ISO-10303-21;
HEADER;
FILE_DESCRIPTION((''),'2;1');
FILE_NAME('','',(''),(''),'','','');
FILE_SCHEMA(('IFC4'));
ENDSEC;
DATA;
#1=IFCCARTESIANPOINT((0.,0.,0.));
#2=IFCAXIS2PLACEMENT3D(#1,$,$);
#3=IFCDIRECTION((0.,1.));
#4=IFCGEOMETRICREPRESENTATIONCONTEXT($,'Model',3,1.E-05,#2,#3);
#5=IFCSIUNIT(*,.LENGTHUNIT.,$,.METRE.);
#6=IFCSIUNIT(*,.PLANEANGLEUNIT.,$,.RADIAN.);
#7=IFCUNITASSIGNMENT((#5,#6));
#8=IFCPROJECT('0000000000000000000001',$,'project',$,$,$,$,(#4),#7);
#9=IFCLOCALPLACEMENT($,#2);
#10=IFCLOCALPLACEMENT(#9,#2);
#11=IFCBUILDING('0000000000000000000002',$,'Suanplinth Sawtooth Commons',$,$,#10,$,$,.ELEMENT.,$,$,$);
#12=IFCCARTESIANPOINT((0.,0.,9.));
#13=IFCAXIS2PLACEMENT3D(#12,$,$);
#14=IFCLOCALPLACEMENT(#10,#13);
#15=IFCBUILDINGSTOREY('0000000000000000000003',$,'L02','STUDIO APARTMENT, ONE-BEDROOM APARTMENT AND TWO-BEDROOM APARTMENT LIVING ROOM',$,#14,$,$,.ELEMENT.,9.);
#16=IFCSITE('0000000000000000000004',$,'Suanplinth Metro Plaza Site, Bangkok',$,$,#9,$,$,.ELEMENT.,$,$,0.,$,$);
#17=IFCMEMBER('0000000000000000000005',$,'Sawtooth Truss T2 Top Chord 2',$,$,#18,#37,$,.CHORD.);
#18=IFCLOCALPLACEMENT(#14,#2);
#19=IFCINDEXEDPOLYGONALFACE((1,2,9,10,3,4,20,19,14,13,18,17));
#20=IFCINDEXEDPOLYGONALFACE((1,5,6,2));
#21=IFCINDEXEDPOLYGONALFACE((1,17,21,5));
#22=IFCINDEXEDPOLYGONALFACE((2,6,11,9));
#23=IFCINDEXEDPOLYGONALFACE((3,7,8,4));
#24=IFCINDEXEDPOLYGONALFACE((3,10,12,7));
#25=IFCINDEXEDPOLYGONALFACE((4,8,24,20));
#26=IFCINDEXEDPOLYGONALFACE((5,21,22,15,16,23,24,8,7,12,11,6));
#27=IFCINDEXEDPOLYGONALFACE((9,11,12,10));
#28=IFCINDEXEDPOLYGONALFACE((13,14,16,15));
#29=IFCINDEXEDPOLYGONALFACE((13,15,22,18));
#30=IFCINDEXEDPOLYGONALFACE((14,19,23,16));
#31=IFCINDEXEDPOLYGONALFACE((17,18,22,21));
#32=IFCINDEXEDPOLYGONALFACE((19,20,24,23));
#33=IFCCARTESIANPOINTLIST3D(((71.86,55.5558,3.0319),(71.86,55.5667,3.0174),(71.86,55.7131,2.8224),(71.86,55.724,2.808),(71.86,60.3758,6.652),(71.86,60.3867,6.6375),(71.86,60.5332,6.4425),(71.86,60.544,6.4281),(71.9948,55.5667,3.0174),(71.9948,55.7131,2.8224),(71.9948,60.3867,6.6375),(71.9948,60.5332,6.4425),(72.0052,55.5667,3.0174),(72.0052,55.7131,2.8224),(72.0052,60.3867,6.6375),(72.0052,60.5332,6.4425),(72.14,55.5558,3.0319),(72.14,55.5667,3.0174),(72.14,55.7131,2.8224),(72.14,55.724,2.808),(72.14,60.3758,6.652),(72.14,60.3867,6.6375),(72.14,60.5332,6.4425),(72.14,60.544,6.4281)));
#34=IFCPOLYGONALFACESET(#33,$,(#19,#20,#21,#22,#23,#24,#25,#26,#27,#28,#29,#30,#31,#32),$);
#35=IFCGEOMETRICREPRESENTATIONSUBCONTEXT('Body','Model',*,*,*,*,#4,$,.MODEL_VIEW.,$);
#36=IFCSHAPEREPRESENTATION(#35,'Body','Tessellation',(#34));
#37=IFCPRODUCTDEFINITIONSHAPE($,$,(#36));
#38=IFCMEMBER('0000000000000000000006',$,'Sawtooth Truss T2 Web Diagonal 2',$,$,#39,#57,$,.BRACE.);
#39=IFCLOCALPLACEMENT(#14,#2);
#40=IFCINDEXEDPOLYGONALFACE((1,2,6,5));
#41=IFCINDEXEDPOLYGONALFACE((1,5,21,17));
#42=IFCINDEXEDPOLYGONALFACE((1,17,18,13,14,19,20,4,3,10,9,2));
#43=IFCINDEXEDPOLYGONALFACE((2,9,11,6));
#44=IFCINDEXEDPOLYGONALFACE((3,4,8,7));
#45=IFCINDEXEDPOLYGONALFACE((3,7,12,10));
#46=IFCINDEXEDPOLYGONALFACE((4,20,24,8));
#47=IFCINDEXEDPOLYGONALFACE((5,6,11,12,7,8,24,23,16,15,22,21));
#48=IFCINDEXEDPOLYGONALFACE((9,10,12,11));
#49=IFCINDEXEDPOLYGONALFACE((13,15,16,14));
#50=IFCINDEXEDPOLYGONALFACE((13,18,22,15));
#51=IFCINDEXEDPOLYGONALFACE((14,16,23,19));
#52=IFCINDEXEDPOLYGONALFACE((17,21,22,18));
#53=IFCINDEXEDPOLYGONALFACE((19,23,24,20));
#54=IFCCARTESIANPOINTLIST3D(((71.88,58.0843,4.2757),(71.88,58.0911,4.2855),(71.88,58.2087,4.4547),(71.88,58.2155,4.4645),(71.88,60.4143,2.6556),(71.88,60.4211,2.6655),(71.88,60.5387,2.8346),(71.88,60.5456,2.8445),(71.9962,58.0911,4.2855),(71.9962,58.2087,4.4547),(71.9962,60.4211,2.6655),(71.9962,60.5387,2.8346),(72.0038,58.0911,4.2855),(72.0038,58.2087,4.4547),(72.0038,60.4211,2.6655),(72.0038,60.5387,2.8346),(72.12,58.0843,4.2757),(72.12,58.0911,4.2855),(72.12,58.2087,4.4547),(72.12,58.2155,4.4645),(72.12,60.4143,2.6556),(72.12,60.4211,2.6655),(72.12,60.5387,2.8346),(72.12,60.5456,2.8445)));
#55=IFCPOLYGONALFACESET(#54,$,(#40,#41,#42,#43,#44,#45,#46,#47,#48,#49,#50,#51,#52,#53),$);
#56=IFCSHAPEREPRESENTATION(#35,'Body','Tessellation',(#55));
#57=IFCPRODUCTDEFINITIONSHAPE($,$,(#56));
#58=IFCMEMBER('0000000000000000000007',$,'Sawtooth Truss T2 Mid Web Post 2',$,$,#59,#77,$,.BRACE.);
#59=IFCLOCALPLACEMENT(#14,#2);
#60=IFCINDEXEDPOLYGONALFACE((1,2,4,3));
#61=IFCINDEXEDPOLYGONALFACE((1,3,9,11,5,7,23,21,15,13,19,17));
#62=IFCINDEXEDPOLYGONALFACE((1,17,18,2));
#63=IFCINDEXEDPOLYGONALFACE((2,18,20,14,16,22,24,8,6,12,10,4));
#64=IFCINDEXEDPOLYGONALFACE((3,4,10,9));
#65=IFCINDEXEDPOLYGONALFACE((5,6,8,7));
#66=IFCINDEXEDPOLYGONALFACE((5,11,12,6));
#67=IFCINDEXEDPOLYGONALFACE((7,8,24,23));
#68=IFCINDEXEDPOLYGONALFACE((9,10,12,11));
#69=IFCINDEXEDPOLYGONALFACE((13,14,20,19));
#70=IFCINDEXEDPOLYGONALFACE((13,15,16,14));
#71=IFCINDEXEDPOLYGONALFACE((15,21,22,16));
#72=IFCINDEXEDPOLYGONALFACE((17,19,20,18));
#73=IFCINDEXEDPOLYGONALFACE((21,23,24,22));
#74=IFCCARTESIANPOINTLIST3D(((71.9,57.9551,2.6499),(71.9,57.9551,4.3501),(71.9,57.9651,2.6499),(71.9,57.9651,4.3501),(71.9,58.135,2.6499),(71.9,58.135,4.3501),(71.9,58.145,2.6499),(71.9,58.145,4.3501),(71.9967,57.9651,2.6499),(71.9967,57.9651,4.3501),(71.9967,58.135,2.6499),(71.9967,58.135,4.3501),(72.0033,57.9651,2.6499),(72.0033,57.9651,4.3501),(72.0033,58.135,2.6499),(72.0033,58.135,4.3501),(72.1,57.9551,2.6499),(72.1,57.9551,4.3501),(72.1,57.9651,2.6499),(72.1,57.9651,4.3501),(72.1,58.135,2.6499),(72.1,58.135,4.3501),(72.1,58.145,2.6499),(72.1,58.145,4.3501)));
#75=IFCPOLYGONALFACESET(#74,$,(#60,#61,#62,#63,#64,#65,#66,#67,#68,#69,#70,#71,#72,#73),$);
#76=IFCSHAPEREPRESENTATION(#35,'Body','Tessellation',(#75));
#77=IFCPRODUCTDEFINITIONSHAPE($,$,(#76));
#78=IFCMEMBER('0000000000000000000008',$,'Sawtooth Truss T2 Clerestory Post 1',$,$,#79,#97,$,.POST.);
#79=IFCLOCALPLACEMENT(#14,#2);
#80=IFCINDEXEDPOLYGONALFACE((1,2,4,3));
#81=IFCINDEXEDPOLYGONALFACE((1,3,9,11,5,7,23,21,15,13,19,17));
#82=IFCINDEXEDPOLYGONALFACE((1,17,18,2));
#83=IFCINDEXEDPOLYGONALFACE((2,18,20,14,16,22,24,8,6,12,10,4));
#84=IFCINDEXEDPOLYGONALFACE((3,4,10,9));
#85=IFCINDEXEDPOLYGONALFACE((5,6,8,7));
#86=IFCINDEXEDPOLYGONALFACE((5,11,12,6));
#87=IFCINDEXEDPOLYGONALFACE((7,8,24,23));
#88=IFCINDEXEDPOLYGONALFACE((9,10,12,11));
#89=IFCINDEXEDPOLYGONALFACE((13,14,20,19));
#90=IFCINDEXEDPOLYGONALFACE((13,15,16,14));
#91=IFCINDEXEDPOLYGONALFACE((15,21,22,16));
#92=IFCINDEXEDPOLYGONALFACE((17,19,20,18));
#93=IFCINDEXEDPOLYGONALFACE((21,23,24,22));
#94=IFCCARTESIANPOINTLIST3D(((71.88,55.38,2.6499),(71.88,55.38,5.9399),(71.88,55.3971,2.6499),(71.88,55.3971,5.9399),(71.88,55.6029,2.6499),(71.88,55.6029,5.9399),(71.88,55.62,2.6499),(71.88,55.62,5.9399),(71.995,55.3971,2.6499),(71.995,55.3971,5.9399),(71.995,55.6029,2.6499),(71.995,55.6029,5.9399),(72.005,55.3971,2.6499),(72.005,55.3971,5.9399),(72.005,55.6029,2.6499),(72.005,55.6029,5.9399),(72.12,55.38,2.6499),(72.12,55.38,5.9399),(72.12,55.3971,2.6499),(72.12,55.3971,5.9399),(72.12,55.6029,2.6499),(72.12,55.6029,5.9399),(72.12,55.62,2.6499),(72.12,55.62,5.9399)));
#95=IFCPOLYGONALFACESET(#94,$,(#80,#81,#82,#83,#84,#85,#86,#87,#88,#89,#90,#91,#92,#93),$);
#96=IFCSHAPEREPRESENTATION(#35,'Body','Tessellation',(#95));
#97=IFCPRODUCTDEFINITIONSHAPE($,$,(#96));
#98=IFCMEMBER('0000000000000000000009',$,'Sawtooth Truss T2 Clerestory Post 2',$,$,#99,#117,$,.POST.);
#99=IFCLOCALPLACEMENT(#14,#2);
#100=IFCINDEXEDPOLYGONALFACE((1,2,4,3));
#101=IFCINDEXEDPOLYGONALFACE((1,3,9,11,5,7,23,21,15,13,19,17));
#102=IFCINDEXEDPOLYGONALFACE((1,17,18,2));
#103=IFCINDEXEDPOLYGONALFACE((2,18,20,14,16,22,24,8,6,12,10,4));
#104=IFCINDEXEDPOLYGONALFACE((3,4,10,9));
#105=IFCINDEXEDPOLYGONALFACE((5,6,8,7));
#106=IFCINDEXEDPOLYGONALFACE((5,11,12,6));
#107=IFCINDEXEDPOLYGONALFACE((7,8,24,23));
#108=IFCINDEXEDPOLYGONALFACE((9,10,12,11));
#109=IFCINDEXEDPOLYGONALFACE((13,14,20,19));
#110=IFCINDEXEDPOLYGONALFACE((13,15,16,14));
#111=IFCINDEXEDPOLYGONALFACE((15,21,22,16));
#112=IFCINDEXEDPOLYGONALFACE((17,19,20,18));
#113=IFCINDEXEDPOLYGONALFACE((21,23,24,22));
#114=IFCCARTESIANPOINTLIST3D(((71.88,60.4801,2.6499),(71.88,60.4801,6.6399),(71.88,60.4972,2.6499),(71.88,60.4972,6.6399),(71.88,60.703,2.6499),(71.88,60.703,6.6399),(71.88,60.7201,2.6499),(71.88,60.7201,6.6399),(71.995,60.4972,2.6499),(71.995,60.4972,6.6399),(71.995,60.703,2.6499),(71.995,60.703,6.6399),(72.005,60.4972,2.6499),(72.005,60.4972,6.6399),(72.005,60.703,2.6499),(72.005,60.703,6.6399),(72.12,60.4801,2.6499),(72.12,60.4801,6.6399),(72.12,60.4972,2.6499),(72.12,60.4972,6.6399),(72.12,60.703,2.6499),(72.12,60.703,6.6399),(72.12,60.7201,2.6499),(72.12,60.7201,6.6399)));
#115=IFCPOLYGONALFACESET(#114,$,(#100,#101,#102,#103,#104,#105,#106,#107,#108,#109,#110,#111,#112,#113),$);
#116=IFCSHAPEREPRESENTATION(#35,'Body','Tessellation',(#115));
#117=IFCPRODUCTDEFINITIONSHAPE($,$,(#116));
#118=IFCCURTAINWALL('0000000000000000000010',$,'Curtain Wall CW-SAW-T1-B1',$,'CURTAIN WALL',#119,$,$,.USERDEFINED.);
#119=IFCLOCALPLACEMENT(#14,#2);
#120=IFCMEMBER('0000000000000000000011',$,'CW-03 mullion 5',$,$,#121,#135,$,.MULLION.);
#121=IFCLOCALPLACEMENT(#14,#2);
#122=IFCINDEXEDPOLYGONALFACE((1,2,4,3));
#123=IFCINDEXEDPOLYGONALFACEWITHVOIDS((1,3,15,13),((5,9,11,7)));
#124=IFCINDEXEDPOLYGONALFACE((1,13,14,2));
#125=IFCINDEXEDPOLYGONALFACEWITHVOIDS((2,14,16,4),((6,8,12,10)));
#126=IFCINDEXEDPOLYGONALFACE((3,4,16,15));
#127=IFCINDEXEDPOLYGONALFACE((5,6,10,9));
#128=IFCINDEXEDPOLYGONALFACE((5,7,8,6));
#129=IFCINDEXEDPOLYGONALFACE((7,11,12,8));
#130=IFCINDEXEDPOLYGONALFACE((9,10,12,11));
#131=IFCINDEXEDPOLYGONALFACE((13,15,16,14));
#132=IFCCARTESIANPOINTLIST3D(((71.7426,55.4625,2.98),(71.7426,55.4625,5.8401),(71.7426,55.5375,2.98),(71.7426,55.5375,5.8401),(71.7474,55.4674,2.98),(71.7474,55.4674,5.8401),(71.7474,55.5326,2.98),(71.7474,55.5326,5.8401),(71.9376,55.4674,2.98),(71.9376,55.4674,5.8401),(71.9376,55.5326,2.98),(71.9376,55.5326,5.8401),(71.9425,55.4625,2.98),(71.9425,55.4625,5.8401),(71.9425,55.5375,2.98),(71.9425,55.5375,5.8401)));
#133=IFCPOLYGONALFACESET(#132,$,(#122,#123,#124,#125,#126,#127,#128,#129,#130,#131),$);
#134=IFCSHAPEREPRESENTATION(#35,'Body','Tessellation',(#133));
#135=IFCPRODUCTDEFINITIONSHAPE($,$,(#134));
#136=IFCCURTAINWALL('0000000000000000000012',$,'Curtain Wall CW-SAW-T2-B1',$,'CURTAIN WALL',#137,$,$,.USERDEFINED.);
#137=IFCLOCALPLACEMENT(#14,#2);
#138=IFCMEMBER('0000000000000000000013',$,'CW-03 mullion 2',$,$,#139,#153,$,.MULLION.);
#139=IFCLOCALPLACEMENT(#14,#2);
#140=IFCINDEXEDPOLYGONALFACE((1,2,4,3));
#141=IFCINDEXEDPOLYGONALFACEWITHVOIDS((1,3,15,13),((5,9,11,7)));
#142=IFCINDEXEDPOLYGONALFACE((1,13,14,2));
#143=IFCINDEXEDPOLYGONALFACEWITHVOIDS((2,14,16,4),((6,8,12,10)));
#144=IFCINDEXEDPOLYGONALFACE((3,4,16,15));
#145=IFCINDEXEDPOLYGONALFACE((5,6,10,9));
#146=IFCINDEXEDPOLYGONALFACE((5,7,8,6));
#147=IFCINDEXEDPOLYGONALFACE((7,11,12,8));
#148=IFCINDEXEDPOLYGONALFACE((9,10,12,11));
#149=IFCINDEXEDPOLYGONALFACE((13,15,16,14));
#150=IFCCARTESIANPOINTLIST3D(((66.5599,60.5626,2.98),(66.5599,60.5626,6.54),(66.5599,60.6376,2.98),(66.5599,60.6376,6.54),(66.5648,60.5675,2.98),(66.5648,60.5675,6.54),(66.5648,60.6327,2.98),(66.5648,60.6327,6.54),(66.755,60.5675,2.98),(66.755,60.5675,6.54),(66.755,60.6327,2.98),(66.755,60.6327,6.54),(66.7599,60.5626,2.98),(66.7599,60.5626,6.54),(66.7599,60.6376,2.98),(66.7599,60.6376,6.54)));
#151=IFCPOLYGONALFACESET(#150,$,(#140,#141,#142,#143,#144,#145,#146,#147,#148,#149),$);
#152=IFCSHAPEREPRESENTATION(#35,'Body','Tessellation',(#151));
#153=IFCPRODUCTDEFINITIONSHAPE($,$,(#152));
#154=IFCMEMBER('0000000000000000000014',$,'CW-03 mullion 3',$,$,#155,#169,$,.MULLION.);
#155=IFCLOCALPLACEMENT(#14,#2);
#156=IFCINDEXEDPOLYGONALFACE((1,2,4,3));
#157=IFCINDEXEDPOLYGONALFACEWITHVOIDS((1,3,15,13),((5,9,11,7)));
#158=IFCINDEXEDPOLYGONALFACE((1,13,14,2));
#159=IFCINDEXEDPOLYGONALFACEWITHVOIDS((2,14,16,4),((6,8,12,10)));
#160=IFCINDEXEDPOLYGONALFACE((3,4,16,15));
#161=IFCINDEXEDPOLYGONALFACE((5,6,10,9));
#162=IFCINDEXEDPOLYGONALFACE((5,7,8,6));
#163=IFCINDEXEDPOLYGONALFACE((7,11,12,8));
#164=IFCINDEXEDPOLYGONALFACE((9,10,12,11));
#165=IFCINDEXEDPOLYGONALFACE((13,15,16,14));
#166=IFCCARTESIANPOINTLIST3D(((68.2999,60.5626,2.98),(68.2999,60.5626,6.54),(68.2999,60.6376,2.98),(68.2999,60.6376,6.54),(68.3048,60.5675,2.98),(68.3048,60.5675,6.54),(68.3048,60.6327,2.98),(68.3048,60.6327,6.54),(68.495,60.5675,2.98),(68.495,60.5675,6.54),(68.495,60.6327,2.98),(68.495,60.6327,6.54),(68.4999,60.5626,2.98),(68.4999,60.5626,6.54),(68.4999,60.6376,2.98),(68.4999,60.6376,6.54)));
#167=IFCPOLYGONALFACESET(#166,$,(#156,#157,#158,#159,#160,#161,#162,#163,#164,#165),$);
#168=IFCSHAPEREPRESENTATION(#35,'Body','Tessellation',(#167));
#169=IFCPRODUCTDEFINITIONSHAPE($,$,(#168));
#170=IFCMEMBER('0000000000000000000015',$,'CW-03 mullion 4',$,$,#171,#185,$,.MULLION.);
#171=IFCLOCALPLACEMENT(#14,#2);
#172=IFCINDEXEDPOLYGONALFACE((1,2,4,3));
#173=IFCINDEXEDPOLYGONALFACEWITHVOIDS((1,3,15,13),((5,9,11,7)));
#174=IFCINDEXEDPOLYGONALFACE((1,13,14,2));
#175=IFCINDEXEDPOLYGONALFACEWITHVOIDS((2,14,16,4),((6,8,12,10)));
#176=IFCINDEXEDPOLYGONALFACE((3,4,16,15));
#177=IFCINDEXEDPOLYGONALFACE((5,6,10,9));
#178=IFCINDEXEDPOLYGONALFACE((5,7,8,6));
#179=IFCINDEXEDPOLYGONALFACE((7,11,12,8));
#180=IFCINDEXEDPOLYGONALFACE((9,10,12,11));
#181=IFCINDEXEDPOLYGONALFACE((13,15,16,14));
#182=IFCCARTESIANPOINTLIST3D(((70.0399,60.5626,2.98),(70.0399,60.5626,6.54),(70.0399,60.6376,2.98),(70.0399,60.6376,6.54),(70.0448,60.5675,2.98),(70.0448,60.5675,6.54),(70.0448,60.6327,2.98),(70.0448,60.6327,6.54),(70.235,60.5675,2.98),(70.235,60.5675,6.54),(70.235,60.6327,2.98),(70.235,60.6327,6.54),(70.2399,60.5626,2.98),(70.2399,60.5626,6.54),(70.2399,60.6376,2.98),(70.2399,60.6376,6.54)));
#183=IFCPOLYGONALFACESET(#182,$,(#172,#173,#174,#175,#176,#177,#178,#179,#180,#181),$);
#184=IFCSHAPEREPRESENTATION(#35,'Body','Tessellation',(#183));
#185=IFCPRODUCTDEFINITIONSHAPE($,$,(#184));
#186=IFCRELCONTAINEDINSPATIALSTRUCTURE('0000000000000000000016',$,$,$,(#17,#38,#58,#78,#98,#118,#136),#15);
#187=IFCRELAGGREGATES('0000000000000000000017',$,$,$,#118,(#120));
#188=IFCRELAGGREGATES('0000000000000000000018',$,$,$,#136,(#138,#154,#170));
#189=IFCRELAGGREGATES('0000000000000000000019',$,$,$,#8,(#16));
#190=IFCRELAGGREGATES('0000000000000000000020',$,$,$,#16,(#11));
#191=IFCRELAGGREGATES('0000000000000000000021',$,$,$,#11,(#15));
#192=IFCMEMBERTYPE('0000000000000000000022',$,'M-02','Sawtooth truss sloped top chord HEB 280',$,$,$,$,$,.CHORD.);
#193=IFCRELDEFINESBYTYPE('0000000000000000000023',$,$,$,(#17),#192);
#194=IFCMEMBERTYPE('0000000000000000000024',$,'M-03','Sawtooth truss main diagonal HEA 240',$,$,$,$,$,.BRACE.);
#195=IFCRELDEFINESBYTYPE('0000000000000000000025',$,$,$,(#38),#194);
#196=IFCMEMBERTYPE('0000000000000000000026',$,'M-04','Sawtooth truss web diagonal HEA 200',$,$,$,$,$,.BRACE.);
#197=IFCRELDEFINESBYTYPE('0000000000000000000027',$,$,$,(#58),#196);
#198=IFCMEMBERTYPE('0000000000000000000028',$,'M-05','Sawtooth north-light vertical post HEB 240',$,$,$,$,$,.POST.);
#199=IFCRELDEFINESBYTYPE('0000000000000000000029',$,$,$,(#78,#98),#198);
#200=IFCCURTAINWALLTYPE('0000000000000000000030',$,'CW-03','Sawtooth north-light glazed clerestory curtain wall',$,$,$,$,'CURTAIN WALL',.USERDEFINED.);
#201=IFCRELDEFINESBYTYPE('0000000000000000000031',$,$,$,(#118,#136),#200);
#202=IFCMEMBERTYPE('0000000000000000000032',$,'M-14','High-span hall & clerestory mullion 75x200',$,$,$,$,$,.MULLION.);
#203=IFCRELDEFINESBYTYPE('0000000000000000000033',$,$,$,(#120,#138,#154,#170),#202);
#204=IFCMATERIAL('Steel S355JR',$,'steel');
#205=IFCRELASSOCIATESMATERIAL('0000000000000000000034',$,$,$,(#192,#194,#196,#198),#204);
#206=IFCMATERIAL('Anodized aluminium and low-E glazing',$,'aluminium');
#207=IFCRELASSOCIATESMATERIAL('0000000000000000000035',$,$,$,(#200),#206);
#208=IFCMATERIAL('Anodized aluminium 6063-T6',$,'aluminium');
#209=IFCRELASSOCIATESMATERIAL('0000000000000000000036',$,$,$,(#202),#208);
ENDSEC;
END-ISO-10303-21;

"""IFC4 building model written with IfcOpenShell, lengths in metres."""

from ifc_helpers import new_model, si_unit, direction, frame, origin, origin_2d, place, context, subcontext, project, spatial, hollow_rectangle, i_section, extrude, material, material_profile, profile_set, type_object, element, aggregate, save


model = new_model("IFC4")

# Units and contexts
model_context = context("Model", 3, precision=1e-05, world=origin(), true_north=direction((0.0, 1.0)))
body_context = subcontext(model_context, "Body", "Model", "MODEL_VIEW")
ifc_project = project(units=[si_unit("LENGTHUNIT", "METRE"), si_unit("PLANEANGLEUNIT", "RADIAN")], contexts=[model_context])

# Site, building, storey
site_placement = place(None, origin())
site = spatial("IfcSite", under=ifc_project, at=site_placement, Name="Suanplinth Metro Plaza Site, Bangkok", CompositionType="ELEMENT", RefElevation=0.0)
building_placement = place(site_placement, origin())
building = spatial("IfcBuilding", under=site, at=building_placement, Name="Suanplinth Sawtooth Commons", CompositionType="ELEMENT")
storey_placement = place(building_placement, frame((0.0, 0.0, 9.0)))
storey = spatial("IfcBuildingStorey", under=building, at=storey_placement, Name="L02", Description="STUDIO APARTMENT, ONE-BEDROOM APARTMENT AND TWO-BEDROOM APARTMENT LIVING ROOM", CompositionType="ELEMENT", Elevation=9.0)

# Members
ifc_material_1 = material(Name="Steel S355JR", Category="steel")
ifc_material_profile_1 = material_profile(ifc_material_1, i_section(OverallWidth=0.28, OverallDepth=0.28, WebThickness=0.0105, FlangeThickness=0.0181, at=origin_2d()), Name="HEB 280")
ifc_profile_set_1 = profile_set([ifc_material_profile_1], Name="Steel S355JR")
member_type_1 = type_object("IfcMemberType", Name="M-02", Description="Sawtooth truss sloped top chord HEB 280", PredefinedType="CHORD", material=ifc_profile_set_1)
member_1_placement = place(storey_placement, frame((72.0, 55.6399, 2.9199), z_axis=(0.0, 0.799596, 0.600538), x_axis=(-1.0, 0.0, 0.0)))
element("IfcMember", 1, at=member_1_placement, inside=storey, type_object=member_type_1, Name="Sawtooth Truss T2 Top Chord 2", PredefinedType="CHORD", context=body_context, shape_type="SweptSolid", body=[
    extrude(i_section(OverallWidth=0.28, OverallDepth=0.28, WebThickness=0.0105, FlangeThickness=0.0181, at=origin_2d()), origin(), (0.0, 0.0, 1.0), 6.0281),
])
ifc_material_profile_2 = material_profile(ifc_material_1, i_section(OverallWidth=0.24, OverallDepth=0.23, WebThickness=0.0076, FlangeThickness=0.012, at=origin_2d()), Name="HEA 240")
ifc_profile_set_2 = profile_set([ifc_material_profile_2], Name="Steel S355JR")
member_type_2 = type_object("IfcMemberType", Name="M-03", Description="Sawtooth truss main diagonal HEA 240", PredefinedType="BRACE", material=ifc_profile_set_2)
member_2_placement = place(storey_placement, frame((72.0, 58.1499, 4.3701), z_axis=(0.0, 0.821038, -0.570873), x_axis=(-1.0, 0.0, 0.0)))
element("IfcMember", 2, at=member_2_placement, inside=storey, type_object=member_type_2, Name="Sawtooth Truss T2 Web Diagonal 2", PredefinedType="BRACE", context=body_context, shape_type="SweptSolid", body=[
    extrude(i_section(OverallWidth=0.24, OverallDepth=0.23, WebThickness=0.0076, FlangeThickness=0.012, at=origin_2d()), origin(), (0.0, 0.0, 1.0), 2.8379),
])
ifc_material_profile_3 = material_profile(ifc_material_1, i_section(OverallWidth=0.2, OverallDepth=0.1899, WebThickness=0.0066, FlangeThickness=0.01, at=origin_2d()), Name="HEA 200")
ifc_profile_set_3 = profile_set([ifc_material_profile_3], Name="Steel S355JR")
member_type_3 = type_object("IfcMemberType", Name="M-04", Description="Sawtooth truss web diagonal HEA 200", PredefinedType="BRACE", material=ifc_profile_set_3)
member_3_placement = place(storey_placement, frame((72.0, 58.05, 2.6499), z_axis=(0.0, 0.0, 1.0), x_axis=(1.0, 0.0, 0.0)))
element("IfcMember", 3, at=member_3_placement, inside=storey, type_object=member_type_3, Name="Sawtooth Truss T2 Mid Web Post 2", PredefinedType="BRACE", context=body_context, shape_type="SweptSolid", body=[
    extrude(i_section(OverallWidth=0.2, OverallDepth=0.1899, WebThickness=0.0066, FlangeThickness=0.01, at=origin_2d()), origin(), (0.0, 0.0, 1.0), 1.7002),
])
ifc_material_profile_4 = material_profile(ifc_material_1, i_section(OverallWidth=0.24, OverallDepth=0.24, WebThickness=0.01, FlangeThickness=0.0171, at=origin_2d()), Name="HEB 240")
ifc_profile_set_4 = profile_set([ifc_material_profile_4], Name="Steel S355JR")
member_type_4 = type_object("IfcMemberType", Name="M-05", Description="Sawtooth north-light vertical post HEB 240", PredefinedType="POST", material=ifc_profile_set_4)
member_4_placement = place(storey_placement, frame((72.0, 55.5, 2.6499), z_axis=(0.0, 0.0, 1.0), x_axis=(1.0, 0.0, 0.0)))
element("IfcMember", 4, at=member_4_placement, inside=storey, type_object=member_type_4, Name="Sawtooth Truss T2 Clerestory Post 1", PredefinedType="POST", context=body_context, shape_type="SweptSolid", body=[
    extrude(i_section(OverallWidth=0.24, OverallDepth=0.24, WebThickness=0.01, FlangeThickness=0.0171, at=origin_2d()), origin(), (0.0, 0.0, 1.0), 3.29),
])
member_5_placement = place(storey_placement, frame((72.0, 60.6001, 2.6499), z_axis=(0.0, 0.0, 1.0), x_axis=(1.0, 0.0, 0.0)))
element("IfcMember", 5, at=member_5_placement, inside=storey, type_object=member_type_4, Name="Sawtooth Truss T2 Clerestory Post 2", PredefinedType="POST", context=body_context, shape_type="SweptSolid", body=[
    extrude(i_section(OverallWidth=0.24, OverallDepth=0.24, WebThickness=0.01, FlangeThickness=0.0171, at=origin_2d()), origin(), (0.0, 0.0, 1.0), 3.99),
])

# Curtain wall, member
ifc_material_2 = material(Name="Anodized aluminium and low-E glazing", Category="aluminium")
curtain_wall_type = type_object("IfcCurtainWallType", Name="CW-03", Description="Sawtooth north-light glazed clerestory curtain wall", ElementType="CURTAIN WALL", PredefinedType="USERDEFINED", material=ifc_material_2)
curtain_wall_1_placement = place(storey_placement, origin())
curtain_wall_1 = element("IfcCurtainWall", 6, at=curtain_wall_1_placement, inside=storey, type_object=curtain_wall_type, Name="Curtain Wall CW-SAW-T1-B1", ObjectType="CURTAIN WALL", PredefinedType="USERDEFINED")
ifc_material_3 = material(Name="Anodized aluminium 6063-T6", Category="aluminium")
ifc_material_profile_5 = material_profile(ifc_material_3, hollow_rectangle(XDim=0.075, YDim=0.2, WallThickness=0.0049, at=origin_2d()), Name="ALU-MUL 75x200")
ifc_profile_set_5 = profile_set([ifc_material_profile_5], Name="Anodized aluminium 6063-T6")
member_type_5 = type_object("IfcMemberType", Name="M-14", Description="High-span hall & clerestory mullion 75x200", PredefinedType="MULLION", material=ifc_profile_set_5)
member_6_placement = place(storey_placement, frame((71.8425, 55.5, 2.98), z_axis=(0.0, 0.0, 1.0), x_axis=(0.0, 1.0, 0.0)))
member_6 = element("IfcMember", 7, at=member_6_placement, type_object=member_type_5, Name="CW-03 mullion 5", PredefinedType="MULLION", context=body_context, shape_type="SweptSolid", body=[
    extrude(hollow_rectangle(XDim=0.075, YDim=0.2, WallThickness=0.0049, at=origin_2d()), origin(), (0.0, 0.0, 1.0), 2.8601),
])
aggregate(curtain_wall_1, [member_6])

# Curtain wall, members
curtain_wall_2_placement = place(storey_placement, origin())
curtain_wall_2 = element("IfcCurtainWall", 8, at=curtain_wall_2_placement, inside=storey, type_object=curtain_wall_type, Name="Curtain Wall CW-SAW-T2-B1", ObjectType="CURTAIN WALL", PredefinedType="USERDEFINED")
member_7_placement = place(storey_placement, frame((66.6599, 60.6001, 2.98), z_axis=(0.0, 0.0, 1.0), x_axis=(0.0, 1.0, 0.0)))
member_7 = element("IfcMember", 9, at=member_7_placement, type_object=member_type_5, Name="CW-03 mullion 2", PredefinedType="MULLION", context=body_context, shape_type="SweptSolid", body=[
    extrude(hollow_rectangle(XDim=0.075, YDim=0.2, WallThickness=0.0049, at=origin_2d()), origin(), (0.0, 0.0, 1.0), 3.5601),
])
member_8_placement = place(storey_placement, frame((68.3999, 60.6001, 2.98), z_axis=(0.0, 0.0, 1.0), x_axis=(0.0, 1.0, 0.0)))
member_8 = element("IfcMember", 10, at=member_8_placement, type_object=member_type_5, Name="CW-03 mullion 3", PredefinedType="MULLION", context=body_context, shape_type="SweptSolid", body=[
    extrude(hollow_rectangle(XDim=0.075, YDim=0.2, WallThickness=0.0049, at=origin_2d()), origin(), (0.0, 0.0, 1.0), 3.5601),
])
member_9_placement = place(storey_placement, frame((70.1399, 60.6001, 2.98), z_axis=(0.0, 0.0, 1.0), x_axis=(0.0, 1.0, 0.0)))
member_9 = element("IfcMember", 11, at=member_9_placement, type_object=member_type_5, Name="CW-03 mullion 4", PredefinedType="MULLION", context=body_context, shape_type="SweptSolid", body=[
    extrude(hollow_rectangle(XDim=0.075, YDim=0.2, WallThickness=0.0049, at=origin_2d()), origin(), (0.0, 0.0, 1.0), 3.5601),
])

aggregate(curtain_wall_2, [member_7, member_8, member_9])

save(model, "model.ifc")
